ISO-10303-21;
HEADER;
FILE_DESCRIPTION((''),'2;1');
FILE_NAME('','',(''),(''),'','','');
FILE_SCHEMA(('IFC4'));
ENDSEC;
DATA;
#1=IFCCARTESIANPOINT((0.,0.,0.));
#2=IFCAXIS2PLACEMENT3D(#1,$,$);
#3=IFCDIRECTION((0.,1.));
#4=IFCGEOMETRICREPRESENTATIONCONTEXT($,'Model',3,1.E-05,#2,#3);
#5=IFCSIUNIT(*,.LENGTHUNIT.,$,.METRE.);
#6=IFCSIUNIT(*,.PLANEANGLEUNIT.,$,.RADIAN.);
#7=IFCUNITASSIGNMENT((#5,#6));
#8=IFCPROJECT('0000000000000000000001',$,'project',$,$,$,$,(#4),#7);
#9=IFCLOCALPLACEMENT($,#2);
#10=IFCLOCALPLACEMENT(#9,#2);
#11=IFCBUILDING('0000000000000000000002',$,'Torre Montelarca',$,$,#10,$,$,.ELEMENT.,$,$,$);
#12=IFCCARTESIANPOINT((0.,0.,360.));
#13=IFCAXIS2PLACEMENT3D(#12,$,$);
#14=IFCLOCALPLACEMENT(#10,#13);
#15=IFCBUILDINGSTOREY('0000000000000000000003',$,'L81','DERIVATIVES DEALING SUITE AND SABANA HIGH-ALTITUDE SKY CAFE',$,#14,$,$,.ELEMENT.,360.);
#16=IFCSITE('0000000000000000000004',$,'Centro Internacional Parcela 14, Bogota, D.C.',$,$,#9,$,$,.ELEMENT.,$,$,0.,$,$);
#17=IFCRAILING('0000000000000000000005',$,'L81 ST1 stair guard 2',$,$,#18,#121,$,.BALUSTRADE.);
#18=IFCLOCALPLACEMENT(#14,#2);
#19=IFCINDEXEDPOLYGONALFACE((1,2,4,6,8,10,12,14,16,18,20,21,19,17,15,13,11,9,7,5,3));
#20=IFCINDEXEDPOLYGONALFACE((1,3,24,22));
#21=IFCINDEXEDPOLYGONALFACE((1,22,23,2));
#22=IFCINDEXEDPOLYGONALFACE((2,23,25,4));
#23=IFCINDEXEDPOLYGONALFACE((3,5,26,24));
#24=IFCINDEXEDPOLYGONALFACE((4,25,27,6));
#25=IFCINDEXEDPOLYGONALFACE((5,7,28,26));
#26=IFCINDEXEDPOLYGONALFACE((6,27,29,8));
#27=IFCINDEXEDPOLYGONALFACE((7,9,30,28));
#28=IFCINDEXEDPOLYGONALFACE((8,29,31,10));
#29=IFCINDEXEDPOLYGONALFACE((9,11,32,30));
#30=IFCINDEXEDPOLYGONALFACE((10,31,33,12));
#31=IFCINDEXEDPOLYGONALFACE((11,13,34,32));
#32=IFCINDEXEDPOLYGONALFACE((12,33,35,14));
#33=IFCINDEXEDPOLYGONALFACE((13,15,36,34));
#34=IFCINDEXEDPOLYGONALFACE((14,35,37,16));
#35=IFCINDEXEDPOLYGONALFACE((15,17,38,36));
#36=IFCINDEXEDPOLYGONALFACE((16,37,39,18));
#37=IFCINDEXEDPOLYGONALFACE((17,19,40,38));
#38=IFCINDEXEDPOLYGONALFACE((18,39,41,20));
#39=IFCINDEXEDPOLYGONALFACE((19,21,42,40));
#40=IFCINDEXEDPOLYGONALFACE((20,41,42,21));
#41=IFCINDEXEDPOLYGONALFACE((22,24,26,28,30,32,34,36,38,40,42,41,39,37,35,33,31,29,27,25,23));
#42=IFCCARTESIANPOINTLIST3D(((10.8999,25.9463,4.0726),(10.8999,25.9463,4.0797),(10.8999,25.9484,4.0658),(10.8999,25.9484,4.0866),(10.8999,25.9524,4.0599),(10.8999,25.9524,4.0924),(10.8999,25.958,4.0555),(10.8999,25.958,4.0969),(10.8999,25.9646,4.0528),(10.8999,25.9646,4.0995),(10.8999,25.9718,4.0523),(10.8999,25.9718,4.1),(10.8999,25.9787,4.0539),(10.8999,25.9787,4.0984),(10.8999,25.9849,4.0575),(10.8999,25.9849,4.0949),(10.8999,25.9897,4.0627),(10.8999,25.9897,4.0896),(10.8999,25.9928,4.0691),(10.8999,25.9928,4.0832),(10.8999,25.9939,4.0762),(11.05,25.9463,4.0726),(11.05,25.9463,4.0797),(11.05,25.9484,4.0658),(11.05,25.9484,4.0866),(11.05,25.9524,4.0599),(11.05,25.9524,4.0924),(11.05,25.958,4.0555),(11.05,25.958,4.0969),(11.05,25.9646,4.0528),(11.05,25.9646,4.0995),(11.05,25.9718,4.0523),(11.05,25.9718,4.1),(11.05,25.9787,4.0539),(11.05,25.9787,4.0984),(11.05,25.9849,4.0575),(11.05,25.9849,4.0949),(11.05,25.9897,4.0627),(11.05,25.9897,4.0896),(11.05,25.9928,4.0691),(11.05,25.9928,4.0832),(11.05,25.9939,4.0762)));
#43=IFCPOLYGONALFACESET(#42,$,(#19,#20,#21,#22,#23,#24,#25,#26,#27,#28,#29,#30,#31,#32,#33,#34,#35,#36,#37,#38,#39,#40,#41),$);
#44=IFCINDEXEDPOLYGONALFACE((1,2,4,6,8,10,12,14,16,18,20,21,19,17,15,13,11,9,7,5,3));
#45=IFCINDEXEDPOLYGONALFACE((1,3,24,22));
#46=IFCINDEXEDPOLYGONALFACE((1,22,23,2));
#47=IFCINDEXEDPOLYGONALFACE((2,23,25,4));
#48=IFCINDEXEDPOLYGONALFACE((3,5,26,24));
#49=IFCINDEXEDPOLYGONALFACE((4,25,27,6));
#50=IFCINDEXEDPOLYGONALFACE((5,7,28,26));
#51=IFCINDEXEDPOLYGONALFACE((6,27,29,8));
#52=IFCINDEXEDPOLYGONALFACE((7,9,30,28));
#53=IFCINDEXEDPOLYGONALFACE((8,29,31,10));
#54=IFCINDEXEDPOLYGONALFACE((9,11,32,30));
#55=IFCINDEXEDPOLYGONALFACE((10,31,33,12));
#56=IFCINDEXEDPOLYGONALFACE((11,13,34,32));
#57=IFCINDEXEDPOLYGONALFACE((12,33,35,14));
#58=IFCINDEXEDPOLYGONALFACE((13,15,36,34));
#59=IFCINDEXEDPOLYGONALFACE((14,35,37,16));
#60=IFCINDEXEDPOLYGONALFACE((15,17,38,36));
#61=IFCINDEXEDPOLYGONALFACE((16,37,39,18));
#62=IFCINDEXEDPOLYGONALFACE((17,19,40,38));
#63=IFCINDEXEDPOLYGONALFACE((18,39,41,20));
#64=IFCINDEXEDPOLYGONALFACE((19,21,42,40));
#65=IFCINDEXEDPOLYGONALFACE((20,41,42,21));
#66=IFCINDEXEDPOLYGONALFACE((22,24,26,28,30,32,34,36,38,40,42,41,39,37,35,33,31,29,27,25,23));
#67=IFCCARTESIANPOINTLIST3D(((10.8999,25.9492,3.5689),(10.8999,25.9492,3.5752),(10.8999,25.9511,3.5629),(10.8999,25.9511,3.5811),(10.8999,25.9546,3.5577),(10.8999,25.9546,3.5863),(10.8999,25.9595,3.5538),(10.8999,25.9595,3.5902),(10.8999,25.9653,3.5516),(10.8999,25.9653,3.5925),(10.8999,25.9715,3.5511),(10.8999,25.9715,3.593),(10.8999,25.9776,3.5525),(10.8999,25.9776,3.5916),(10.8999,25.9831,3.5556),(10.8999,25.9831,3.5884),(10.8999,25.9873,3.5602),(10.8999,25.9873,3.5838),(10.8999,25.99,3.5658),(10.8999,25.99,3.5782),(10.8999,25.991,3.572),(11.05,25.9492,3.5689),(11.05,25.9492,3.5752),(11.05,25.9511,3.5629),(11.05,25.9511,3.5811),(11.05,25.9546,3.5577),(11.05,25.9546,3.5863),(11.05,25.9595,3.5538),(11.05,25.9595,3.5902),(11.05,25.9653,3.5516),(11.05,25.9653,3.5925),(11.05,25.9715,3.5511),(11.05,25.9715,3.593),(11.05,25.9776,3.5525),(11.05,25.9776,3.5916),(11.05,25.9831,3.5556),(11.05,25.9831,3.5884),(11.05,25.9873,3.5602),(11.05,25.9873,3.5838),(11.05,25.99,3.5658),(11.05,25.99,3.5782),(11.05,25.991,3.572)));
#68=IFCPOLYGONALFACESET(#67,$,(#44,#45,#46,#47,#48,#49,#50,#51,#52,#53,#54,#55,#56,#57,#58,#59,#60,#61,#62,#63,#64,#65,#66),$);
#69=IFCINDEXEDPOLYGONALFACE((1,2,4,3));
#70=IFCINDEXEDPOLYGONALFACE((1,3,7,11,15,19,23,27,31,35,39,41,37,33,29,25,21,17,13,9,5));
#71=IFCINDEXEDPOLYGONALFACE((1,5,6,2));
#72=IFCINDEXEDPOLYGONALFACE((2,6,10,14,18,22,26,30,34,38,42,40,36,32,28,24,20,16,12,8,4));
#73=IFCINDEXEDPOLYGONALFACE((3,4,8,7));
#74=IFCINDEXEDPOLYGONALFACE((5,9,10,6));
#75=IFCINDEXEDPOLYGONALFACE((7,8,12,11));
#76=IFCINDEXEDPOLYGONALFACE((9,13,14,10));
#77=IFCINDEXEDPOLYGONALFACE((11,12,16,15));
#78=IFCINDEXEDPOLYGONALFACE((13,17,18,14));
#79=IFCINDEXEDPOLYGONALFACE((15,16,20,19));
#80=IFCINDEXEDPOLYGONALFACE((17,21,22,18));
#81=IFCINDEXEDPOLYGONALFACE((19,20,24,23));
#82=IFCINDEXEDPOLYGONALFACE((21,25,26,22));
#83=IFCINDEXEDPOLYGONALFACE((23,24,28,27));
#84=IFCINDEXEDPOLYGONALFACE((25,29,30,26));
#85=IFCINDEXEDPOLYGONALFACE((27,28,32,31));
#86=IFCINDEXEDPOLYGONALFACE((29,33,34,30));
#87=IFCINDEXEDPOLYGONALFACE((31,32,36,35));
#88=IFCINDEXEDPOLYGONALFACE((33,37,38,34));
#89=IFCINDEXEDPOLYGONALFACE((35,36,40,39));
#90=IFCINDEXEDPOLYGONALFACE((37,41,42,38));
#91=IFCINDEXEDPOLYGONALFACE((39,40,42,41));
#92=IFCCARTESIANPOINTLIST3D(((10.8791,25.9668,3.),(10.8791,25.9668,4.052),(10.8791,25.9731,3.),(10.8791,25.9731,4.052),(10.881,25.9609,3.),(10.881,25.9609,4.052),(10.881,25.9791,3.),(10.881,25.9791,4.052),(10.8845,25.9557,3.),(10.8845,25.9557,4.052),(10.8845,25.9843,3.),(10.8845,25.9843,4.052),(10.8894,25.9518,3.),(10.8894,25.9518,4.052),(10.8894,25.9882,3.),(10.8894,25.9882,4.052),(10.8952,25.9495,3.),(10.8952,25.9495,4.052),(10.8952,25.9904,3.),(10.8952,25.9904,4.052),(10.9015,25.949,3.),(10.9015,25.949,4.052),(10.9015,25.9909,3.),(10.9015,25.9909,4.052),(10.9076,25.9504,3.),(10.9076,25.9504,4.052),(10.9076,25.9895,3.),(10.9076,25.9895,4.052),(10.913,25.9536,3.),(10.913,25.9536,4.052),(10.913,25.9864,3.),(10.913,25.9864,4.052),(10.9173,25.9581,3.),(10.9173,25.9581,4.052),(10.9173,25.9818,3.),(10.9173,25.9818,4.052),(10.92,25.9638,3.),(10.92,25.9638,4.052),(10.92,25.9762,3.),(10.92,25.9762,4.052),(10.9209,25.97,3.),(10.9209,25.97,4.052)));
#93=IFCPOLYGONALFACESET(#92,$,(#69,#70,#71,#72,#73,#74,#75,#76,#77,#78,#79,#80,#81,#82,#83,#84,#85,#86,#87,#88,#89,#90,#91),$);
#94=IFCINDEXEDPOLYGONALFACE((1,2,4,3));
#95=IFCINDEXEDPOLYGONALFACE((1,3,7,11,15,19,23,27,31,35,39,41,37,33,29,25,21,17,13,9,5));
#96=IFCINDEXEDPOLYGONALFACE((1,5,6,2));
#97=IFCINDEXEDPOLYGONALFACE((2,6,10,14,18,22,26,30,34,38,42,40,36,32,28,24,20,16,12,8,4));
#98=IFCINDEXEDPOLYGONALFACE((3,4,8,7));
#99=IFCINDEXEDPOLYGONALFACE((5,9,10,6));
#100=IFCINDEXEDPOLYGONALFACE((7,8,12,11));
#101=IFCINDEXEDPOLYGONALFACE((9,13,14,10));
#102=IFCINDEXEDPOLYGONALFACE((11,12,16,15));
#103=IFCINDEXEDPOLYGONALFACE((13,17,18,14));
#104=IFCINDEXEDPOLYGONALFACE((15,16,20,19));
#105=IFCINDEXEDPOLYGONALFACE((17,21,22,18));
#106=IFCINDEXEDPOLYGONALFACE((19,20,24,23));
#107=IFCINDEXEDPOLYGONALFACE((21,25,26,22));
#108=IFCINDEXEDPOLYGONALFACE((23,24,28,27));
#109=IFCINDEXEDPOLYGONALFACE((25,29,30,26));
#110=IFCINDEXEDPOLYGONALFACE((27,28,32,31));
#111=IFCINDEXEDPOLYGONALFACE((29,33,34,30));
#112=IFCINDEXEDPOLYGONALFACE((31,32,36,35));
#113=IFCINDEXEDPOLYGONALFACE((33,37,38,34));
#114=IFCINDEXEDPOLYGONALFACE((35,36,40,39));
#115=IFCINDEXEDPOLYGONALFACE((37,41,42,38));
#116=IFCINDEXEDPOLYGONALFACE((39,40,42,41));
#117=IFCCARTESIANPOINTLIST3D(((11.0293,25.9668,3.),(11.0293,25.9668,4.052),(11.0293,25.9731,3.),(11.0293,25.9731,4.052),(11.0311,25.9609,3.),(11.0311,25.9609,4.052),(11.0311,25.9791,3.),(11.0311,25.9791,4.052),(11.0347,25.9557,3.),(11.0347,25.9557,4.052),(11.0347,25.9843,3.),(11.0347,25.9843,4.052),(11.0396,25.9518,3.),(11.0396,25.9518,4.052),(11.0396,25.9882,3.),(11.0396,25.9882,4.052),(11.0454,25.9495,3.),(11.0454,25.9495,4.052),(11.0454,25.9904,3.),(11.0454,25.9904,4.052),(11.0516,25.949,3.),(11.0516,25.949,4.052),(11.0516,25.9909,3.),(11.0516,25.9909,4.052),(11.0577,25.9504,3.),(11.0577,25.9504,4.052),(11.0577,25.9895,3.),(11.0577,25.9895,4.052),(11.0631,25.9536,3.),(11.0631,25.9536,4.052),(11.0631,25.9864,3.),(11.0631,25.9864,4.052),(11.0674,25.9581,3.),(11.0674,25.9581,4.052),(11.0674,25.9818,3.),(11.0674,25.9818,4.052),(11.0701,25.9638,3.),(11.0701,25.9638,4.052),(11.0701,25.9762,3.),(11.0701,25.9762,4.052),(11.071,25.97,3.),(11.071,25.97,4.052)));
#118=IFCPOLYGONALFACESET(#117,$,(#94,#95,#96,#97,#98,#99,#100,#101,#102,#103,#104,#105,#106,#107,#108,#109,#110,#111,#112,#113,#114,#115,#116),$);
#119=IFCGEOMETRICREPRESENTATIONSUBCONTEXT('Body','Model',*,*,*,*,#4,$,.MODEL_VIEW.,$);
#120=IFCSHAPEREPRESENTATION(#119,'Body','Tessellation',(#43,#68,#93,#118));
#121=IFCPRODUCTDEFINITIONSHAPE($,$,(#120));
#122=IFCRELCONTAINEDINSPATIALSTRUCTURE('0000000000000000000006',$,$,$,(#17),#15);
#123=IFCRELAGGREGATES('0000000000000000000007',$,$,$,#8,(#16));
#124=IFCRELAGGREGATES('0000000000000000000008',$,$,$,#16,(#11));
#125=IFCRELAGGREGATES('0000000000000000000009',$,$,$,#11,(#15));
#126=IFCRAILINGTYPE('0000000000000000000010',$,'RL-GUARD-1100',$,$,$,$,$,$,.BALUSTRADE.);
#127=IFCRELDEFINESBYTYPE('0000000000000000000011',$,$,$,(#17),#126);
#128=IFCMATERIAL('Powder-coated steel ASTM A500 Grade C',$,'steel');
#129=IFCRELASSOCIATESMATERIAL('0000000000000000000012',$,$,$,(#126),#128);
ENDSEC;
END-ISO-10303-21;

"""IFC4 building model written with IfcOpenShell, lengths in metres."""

from ifc_helpers import new_model, si_unit, direction, frame, origin, origin_2d, place, context, subcontext, project, spatial, circle, extrude, material, type_object, element, save


model = new_model("IFC4")

# Units and contexts
model_context = context("Model", 3, precision=1e-05, world=origin(), true_north=direction((0.0, 1.0)))
body_context = subcontext(model_context, "Body", "Model", "MODEL_VIEW")
ifc_project = project(units=[si_unit("LENGTHUNIT", "METRE"), si_unit("PLANEANGLEUNIT", "RADIAN")], contexts=[model_context])

# Site, building, storey
site_placement = place(None, origin())
site = spatial("IfcSite", under=ifc_project, at=site_placement, Name="Centro Internacional Parcela 14, Bogota, D.C.", CompositionType="ELEMENT", RefElevation=0.0)
building_placement = place(site_placement, origin())
building = spatial("IfcBuilding", under=site, at=building_placement, Name="Torre Montelarca", CompositionType="ELEMENT")
storey_placement = place(building_placement, frame((0.0, 0.0, 360.0)))
storey = spatial("IfcBuildingStorey", under=building, at=storey_placement, Name="L81", Description="DERIVATIVES DEALING SUITE AND SABANA HIGH-ALTITUDE SKY CAFE", CompositionType="ELEMENT", Elevation=360.0)

# Railing
ifc_material_1 = material(Name="Powder-coated steel ASTM A500 Grade C", Category="steel")
railing_type_1 = type_object("IfcRailingType", Name="RL-GUARD-1100", PredefinedType="BALUSTRADE", material=ifc_material_1)
railing_1_placement = place(storey_placement, frame((10.8999, 25.97, 3.0)))
element("IfcRailing", 1, at=railing_1_placement, inside=storey, type_object=railing_type_1, Name="L81 ST1 stair guard 2", PredefinedType="BALUSTRADE", context=body_context, shape_type="SweptSolid", body=[
    extrude(circle(Radius=0.0239, at=origin_2d()), frame((0.0, 0.0, 1.0762), z_axis=(1.0, 0.0, 0.0), x_axis=(0.0, 1.0, 0.0)), (0.0, 0.0, 1.0), 0.1501),
    extrude(circle(Radius=0.021, at=origin_2d()), frame((0.0, 0.0, 0.572), z_axis=(1.0, 0.0, 0.0), x_axis=(0.0, 1.0, 0.0)), (0.0, 0.0, 1.0), 0.1501),
    extrude(circle(Radius=0.021, at=origin_2d()), origin(), (0.0, 0.0, 1.0), 1.052),
    extrude(circle(Radius=0.021, at=origin_2d()), frame((0.1501, 0.0, 0.0)), (0.0, 0.0, 1.0), 1.052),
])

save(model, "model.ifc")
